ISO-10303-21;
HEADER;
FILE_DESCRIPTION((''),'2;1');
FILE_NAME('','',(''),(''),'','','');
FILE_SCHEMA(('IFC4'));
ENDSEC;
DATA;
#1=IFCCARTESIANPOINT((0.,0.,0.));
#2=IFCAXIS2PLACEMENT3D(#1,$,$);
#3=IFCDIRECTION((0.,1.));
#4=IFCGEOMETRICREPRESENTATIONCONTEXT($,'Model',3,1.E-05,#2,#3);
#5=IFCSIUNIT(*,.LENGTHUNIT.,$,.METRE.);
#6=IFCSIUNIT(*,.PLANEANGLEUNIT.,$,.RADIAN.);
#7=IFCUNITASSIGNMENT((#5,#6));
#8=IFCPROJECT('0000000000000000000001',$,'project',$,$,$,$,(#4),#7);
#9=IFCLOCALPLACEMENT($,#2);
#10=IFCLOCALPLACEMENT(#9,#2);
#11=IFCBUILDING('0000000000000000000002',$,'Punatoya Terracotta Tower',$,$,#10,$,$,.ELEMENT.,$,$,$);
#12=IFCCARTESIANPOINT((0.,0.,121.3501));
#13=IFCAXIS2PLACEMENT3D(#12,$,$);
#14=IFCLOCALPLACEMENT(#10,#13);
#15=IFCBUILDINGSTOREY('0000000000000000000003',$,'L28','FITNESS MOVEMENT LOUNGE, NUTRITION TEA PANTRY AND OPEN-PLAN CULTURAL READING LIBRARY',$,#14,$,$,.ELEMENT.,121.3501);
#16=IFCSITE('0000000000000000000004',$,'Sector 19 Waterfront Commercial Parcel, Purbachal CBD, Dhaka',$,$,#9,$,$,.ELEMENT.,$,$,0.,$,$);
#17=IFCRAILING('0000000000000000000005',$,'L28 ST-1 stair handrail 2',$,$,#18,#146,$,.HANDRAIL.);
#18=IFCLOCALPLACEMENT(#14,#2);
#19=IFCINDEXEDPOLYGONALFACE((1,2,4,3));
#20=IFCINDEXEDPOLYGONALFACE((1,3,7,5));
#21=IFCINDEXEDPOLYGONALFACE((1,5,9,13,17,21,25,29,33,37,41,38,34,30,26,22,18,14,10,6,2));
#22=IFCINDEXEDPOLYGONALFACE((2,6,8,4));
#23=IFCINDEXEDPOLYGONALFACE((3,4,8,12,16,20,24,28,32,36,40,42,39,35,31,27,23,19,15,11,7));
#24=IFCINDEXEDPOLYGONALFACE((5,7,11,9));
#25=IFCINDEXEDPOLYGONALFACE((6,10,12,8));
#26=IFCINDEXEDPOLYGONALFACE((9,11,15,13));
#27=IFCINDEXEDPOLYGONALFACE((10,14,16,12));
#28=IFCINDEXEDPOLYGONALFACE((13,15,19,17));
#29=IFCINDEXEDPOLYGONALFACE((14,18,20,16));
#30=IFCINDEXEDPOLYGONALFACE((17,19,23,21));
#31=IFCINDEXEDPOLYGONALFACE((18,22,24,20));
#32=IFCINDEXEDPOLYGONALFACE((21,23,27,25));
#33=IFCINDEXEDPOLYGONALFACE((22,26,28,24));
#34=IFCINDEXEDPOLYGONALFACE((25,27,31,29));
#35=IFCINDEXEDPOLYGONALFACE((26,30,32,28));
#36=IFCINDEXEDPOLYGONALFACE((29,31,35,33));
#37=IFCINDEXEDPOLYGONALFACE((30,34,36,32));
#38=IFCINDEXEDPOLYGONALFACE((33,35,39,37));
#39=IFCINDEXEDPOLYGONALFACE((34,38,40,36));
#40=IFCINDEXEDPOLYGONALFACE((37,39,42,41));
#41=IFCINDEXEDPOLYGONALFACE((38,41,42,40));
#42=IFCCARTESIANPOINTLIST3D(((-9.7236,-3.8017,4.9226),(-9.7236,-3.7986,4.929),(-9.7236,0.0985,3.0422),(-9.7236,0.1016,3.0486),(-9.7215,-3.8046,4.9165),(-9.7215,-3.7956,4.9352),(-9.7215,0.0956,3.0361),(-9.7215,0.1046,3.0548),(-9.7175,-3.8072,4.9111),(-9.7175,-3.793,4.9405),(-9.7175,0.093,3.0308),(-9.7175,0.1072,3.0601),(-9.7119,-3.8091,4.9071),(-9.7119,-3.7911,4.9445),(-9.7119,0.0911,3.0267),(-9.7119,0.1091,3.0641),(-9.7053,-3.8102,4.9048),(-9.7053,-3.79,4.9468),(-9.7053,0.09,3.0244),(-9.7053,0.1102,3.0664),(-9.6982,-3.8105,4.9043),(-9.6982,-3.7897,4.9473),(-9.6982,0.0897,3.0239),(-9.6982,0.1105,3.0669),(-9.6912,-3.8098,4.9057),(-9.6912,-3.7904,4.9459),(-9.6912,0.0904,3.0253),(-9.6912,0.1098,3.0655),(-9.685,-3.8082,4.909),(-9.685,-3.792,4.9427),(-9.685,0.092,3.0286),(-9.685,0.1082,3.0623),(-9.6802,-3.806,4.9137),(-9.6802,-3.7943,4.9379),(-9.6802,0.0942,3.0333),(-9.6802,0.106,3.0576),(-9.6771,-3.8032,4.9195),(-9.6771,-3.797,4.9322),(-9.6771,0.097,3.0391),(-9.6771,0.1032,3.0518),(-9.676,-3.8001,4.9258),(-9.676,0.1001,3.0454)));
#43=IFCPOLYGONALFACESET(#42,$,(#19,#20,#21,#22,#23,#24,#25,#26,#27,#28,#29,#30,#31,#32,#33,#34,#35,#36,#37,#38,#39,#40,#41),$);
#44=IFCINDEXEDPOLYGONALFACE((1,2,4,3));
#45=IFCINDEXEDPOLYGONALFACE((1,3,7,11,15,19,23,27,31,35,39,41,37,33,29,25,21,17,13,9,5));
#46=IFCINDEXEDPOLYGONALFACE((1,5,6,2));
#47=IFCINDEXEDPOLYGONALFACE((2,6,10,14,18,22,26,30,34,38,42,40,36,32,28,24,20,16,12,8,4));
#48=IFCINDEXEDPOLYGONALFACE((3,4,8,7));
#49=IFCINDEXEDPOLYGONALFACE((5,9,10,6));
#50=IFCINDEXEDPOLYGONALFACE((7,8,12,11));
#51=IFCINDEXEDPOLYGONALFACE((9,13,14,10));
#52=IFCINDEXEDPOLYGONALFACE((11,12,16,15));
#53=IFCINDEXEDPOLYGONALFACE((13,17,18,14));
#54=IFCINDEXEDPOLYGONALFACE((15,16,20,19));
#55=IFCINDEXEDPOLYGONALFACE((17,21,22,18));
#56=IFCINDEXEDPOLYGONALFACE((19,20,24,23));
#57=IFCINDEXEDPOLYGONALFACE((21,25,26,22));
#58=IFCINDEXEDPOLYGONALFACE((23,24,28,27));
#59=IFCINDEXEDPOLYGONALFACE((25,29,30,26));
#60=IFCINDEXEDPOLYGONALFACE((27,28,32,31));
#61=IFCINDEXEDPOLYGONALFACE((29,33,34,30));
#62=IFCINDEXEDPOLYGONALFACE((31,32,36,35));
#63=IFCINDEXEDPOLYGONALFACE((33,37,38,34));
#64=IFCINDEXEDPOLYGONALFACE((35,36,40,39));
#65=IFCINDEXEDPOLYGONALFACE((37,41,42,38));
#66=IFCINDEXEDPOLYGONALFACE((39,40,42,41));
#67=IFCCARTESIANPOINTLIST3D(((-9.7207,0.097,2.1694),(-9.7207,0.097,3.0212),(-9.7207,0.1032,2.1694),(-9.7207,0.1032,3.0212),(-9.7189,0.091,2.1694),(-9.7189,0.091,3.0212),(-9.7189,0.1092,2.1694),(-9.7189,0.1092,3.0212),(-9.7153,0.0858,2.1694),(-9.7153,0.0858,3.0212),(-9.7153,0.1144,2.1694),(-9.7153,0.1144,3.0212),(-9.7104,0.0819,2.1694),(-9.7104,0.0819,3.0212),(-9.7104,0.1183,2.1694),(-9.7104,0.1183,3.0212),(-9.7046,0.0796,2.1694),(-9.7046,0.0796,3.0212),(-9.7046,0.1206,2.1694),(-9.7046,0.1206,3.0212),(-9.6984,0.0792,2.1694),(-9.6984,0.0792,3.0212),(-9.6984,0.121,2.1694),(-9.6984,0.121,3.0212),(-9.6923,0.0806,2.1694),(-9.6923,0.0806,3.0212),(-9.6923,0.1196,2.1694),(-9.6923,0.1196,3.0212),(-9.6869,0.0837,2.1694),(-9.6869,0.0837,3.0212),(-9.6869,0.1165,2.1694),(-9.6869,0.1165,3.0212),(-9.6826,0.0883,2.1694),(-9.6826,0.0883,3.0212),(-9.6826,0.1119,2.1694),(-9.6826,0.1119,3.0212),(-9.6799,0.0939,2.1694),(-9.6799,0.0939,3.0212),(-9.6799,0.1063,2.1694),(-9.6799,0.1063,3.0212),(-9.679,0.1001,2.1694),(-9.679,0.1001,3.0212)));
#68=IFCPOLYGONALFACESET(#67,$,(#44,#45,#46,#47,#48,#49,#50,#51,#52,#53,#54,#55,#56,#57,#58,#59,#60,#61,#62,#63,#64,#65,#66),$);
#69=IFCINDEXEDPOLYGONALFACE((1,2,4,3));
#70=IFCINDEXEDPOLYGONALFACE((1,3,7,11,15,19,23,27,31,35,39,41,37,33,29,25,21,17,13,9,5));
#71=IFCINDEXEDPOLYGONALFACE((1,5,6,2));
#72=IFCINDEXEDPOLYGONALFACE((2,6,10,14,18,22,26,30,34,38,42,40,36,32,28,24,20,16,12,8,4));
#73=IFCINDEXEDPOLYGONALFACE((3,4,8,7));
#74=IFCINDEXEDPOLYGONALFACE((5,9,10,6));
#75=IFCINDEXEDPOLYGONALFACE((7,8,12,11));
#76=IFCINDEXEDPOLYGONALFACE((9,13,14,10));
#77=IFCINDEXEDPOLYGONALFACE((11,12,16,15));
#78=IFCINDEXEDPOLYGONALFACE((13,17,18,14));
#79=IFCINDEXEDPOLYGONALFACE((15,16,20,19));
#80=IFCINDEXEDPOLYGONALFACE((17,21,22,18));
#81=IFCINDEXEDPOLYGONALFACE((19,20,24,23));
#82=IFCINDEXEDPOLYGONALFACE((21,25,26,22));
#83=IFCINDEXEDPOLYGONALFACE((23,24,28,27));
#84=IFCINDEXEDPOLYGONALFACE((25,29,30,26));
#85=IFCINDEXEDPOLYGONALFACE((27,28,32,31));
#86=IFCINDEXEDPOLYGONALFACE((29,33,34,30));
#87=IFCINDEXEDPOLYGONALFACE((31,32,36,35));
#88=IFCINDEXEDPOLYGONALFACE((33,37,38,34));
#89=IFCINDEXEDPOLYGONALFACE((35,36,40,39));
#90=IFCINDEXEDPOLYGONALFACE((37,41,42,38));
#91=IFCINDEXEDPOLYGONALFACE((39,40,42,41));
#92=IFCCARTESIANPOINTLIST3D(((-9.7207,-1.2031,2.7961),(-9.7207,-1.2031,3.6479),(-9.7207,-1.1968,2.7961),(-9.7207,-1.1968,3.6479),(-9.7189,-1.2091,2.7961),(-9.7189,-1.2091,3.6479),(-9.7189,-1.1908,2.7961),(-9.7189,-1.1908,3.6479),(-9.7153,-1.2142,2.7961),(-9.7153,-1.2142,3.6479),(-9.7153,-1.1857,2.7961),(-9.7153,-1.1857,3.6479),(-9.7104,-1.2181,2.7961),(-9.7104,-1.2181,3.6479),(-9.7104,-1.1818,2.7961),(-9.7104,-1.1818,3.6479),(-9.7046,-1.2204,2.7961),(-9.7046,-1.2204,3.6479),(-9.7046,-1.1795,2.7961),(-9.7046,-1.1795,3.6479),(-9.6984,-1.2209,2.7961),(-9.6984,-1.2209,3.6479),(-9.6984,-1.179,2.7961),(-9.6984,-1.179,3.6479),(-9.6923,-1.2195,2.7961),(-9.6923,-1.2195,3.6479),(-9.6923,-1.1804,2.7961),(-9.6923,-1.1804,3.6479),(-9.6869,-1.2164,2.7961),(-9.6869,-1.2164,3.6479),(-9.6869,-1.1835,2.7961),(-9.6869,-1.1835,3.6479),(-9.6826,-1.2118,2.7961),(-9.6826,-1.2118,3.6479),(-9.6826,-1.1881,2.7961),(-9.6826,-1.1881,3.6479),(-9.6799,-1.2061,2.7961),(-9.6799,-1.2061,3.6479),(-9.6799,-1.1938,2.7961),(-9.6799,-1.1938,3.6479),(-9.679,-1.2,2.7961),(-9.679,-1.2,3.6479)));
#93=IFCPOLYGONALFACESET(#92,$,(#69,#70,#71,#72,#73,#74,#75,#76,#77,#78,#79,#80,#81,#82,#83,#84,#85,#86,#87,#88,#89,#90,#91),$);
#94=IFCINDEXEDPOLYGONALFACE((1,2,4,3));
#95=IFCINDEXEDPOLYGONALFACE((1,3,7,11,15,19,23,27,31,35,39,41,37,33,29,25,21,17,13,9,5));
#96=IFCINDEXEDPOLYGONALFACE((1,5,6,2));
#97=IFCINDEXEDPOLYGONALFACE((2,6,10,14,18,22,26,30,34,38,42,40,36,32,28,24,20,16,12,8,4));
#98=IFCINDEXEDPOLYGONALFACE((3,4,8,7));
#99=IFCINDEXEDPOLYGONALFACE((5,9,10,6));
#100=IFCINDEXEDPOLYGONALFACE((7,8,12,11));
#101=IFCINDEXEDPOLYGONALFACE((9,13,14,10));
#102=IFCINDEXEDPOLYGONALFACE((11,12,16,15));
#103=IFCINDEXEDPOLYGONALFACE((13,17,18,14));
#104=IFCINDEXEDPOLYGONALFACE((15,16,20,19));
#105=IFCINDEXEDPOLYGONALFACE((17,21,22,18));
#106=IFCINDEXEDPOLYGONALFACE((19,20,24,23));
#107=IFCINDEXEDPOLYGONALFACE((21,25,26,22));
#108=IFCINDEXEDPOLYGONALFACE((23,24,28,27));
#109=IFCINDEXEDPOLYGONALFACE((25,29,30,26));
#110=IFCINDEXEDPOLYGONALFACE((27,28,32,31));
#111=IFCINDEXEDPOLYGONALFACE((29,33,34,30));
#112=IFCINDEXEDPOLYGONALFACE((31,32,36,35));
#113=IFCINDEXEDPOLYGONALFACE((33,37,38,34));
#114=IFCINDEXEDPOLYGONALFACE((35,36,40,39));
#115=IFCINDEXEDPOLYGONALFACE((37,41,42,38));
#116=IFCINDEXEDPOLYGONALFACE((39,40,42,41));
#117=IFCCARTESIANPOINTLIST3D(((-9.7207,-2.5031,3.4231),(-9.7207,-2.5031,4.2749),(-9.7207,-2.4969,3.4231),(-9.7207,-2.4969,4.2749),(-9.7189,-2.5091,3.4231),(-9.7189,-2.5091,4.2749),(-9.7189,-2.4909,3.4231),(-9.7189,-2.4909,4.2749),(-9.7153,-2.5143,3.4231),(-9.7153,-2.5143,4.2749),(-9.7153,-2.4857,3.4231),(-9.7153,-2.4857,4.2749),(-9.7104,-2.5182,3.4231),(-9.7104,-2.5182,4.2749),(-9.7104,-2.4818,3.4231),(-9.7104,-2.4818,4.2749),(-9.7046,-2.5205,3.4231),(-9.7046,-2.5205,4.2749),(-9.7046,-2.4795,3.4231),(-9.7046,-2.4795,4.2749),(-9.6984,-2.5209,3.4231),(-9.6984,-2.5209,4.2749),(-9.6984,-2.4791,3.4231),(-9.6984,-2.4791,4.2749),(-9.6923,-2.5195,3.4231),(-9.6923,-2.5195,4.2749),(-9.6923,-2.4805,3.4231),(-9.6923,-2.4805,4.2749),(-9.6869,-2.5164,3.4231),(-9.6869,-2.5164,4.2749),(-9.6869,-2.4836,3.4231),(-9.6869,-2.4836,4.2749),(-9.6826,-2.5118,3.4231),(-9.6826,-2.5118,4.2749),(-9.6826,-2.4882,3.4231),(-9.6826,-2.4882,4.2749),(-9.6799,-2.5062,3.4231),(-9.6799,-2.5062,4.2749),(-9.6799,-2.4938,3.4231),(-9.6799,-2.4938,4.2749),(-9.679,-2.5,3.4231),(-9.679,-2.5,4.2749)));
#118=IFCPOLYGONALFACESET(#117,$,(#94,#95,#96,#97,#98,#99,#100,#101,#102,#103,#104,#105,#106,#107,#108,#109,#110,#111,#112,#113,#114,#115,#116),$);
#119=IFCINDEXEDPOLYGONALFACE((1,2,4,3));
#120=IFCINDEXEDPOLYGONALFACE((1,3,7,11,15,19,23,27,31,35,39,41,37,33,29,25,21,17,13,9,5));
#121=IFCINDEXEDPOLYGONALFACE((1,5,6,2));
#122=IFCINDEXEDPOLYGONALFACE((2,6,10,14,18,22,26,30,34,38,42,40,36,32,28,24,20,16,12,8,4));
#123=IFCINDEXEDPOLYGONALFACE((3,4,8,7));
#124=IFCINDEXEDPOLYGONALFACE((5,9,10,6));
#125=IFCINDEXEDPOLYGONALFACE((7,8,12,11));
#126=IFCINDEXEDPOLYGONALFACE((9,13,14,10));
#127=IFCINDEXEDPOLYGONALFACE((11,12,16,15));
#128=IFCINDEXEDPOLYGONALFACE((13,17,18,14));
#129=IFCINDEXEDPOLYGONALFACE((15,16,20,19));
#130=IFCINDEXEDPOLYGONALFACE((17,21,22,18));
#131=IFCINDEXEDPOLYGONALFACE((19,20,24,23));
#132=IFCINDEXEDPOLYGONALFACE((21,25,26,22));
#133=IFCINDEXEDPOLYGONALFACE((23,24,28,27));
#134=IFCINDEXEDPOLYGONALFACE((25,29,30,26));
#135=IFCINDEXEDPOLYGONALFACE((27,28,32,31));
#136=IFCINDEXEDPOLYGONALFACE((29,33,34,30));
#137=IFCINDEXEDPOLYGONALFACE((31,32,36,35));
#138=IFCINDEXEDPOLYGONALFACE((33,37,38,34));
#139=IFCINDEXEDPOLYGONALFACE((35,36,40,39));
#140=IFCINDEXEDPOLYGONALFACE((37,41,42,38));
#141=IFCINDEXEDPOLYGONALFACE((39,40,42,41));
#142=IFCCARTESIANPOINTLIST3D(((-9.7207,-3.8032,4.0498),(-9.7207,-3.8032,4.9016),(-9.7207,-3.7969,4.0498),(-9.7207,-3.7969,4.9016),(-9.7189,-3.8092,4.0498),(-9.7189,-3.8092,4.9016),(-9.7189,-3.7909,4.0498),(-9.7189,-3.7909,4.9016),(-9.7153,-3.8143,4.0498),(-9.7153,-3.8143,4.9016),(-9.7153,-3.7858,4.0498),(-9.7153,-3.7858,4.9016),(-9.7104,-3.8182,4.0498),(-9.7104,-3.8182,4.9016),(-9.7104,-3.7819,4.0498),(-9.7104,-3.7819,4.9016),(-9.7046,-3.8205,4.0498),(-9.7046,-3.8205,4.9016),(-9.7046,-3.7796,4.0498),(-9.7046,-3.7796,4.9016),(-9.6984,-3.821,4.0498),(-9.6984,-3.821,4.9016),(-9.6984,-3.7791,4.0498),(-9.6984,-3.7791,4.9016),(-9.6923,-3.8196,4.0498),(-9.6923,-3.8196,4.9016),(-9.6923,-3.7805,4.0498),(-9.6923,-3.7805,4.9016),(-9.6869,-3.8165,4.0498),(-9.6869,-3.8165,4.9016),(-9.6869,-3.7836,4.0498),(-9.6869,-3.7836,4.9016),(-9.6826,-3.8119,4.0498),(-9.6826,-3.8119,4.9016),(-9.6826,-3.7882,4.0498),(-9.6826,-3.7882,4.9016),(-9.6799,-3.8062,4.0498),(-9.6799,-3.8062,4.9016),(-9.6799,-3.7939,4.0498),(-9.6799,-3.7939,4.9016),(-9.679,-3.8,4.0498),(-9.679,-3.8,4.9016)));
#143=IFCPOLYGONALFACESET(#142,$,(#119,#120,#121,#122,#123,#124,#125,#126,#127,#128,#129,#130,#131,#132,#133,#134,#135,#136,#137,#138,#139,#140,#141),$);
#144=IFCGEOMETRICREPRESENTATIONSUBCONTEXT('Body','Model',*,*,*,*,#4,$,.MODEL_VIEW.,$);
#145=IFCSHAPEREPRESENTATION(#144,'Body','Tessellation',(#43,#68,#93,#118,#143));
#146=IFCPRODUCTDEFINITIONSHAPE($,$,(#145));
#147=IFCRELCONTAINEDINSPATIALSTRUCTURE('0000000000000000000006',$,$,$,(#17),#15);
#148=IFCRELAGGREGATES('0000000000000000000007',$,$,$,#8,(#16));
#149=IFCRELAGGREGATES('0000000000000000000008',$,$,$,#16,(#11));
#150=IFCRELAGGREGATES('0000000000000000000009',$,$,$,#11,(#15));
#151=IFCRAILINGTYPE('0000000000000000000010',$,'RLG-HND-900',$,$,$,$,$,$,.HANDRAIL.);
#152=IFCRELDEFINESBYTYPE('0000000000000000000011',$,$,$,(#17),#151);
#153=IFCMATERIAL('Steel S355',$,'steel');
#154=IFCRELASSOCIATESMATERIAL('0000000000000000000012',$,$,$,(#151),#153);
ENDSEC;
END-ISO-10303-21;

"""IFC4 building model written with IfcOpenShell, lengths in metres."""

from ifc_helpers import new_model, si_unit, direction, frame, origin, origin_2d, place, context, subcontext, project, spatial, circle, extrude, material, type_object, element, save


model = new_model("IFC4")

# Units and contexts
model_context = context("Model", 3, precision=1e-05, world=origin(), true_north=direction((0.0, 1.0)))
body_context = subcontext(model_context, "Body", "Model", "MODEL_VIEW")
ifc_project = project(units=[si_unit("LENGTHUNIT", "METRE"), si_unit("PLANEANGLEUNIT", "RADIAN")], contexts=[model_context])

# Site, building, storey
site_placement = place(None, origin())
site = spatial("IfcSite", under=ifc_project, at=site_placement, Name="Sector 19 Waterfront Commercial Parcel, Purbachal CBD, Dhaka", CompositionType="ELEMENT", RefElevation=0.0)
building_placement = place(site_placement, origin())
building = spatial("IfcBuilding", under=site, at=building_placement, Name="Punatoya Terracotta Tower", CompositionType="ELEMENT")
storey_placement = place(building_placement, frame((0.0, 0.0, 121.3501)))
storey = spatial("IfcBuildingStorey", under=building, at=storey_placement, Name="L28", Description="FITNESS MOVEMENT LOUNGE, NUTRITION TEA PANTRY AND OPEN-PLAN CULTURAL READING LIBRARY", CompositionType="ELEMENT", Elevation=121.3501)

# Shared definitions
ifc_material_1 = material(Name="Steel S355", Category="steel")

# Railing
railing_type = type_object("IfcRailingType", Name="RLG-HND-900", PredefinedType="HANDRAIL", material=ifc_material_1)
railing_placement = place(storey_placement, frame((-9.7, 0.1001, 2.1694)))
element("IfcRailing", 1, at=railing_placement, inside=storey, type_object=railing_type, Name="L28 ST-1 stair handrail 2", PredefinedType="HANDRAIL", context=body_context, shape_type="SweptSolid", body=[
    extrude(circle(Radius=0.0239, at=origin_2d()), frame((0.0, 0.0, 0.876), z_axis=(0.0, -0.900774, 0.434289), x_axis=(1.0, 0.0, 0.0)), (0.0, 0.0, 1.0), 4.3298),
    extrude(circle(Radius=0.021, at=origin_2d()), origin(), (0.0, 0.0, 1.0), 0.8518),
    extrude(circle(Radius=0.021, at=origin_2d()), frame((0.0, -1.3, 0.6267)), (0.0, 0.0, 1.0), 0.8518),
    extrude(circle(Radius=0.021, at=origin_2d()), frame((0.0, -2.6001, 1.2537)), (0.0, 0.0, 1.0), 0.8518),
    extrude(circle(Radius=0.021, at=origin_2d()), frame((0.0, -3.9001, 1.8804)), (0.0, 0.0, 1.0), 0.8518),
])

save(model, "model.ifc")
